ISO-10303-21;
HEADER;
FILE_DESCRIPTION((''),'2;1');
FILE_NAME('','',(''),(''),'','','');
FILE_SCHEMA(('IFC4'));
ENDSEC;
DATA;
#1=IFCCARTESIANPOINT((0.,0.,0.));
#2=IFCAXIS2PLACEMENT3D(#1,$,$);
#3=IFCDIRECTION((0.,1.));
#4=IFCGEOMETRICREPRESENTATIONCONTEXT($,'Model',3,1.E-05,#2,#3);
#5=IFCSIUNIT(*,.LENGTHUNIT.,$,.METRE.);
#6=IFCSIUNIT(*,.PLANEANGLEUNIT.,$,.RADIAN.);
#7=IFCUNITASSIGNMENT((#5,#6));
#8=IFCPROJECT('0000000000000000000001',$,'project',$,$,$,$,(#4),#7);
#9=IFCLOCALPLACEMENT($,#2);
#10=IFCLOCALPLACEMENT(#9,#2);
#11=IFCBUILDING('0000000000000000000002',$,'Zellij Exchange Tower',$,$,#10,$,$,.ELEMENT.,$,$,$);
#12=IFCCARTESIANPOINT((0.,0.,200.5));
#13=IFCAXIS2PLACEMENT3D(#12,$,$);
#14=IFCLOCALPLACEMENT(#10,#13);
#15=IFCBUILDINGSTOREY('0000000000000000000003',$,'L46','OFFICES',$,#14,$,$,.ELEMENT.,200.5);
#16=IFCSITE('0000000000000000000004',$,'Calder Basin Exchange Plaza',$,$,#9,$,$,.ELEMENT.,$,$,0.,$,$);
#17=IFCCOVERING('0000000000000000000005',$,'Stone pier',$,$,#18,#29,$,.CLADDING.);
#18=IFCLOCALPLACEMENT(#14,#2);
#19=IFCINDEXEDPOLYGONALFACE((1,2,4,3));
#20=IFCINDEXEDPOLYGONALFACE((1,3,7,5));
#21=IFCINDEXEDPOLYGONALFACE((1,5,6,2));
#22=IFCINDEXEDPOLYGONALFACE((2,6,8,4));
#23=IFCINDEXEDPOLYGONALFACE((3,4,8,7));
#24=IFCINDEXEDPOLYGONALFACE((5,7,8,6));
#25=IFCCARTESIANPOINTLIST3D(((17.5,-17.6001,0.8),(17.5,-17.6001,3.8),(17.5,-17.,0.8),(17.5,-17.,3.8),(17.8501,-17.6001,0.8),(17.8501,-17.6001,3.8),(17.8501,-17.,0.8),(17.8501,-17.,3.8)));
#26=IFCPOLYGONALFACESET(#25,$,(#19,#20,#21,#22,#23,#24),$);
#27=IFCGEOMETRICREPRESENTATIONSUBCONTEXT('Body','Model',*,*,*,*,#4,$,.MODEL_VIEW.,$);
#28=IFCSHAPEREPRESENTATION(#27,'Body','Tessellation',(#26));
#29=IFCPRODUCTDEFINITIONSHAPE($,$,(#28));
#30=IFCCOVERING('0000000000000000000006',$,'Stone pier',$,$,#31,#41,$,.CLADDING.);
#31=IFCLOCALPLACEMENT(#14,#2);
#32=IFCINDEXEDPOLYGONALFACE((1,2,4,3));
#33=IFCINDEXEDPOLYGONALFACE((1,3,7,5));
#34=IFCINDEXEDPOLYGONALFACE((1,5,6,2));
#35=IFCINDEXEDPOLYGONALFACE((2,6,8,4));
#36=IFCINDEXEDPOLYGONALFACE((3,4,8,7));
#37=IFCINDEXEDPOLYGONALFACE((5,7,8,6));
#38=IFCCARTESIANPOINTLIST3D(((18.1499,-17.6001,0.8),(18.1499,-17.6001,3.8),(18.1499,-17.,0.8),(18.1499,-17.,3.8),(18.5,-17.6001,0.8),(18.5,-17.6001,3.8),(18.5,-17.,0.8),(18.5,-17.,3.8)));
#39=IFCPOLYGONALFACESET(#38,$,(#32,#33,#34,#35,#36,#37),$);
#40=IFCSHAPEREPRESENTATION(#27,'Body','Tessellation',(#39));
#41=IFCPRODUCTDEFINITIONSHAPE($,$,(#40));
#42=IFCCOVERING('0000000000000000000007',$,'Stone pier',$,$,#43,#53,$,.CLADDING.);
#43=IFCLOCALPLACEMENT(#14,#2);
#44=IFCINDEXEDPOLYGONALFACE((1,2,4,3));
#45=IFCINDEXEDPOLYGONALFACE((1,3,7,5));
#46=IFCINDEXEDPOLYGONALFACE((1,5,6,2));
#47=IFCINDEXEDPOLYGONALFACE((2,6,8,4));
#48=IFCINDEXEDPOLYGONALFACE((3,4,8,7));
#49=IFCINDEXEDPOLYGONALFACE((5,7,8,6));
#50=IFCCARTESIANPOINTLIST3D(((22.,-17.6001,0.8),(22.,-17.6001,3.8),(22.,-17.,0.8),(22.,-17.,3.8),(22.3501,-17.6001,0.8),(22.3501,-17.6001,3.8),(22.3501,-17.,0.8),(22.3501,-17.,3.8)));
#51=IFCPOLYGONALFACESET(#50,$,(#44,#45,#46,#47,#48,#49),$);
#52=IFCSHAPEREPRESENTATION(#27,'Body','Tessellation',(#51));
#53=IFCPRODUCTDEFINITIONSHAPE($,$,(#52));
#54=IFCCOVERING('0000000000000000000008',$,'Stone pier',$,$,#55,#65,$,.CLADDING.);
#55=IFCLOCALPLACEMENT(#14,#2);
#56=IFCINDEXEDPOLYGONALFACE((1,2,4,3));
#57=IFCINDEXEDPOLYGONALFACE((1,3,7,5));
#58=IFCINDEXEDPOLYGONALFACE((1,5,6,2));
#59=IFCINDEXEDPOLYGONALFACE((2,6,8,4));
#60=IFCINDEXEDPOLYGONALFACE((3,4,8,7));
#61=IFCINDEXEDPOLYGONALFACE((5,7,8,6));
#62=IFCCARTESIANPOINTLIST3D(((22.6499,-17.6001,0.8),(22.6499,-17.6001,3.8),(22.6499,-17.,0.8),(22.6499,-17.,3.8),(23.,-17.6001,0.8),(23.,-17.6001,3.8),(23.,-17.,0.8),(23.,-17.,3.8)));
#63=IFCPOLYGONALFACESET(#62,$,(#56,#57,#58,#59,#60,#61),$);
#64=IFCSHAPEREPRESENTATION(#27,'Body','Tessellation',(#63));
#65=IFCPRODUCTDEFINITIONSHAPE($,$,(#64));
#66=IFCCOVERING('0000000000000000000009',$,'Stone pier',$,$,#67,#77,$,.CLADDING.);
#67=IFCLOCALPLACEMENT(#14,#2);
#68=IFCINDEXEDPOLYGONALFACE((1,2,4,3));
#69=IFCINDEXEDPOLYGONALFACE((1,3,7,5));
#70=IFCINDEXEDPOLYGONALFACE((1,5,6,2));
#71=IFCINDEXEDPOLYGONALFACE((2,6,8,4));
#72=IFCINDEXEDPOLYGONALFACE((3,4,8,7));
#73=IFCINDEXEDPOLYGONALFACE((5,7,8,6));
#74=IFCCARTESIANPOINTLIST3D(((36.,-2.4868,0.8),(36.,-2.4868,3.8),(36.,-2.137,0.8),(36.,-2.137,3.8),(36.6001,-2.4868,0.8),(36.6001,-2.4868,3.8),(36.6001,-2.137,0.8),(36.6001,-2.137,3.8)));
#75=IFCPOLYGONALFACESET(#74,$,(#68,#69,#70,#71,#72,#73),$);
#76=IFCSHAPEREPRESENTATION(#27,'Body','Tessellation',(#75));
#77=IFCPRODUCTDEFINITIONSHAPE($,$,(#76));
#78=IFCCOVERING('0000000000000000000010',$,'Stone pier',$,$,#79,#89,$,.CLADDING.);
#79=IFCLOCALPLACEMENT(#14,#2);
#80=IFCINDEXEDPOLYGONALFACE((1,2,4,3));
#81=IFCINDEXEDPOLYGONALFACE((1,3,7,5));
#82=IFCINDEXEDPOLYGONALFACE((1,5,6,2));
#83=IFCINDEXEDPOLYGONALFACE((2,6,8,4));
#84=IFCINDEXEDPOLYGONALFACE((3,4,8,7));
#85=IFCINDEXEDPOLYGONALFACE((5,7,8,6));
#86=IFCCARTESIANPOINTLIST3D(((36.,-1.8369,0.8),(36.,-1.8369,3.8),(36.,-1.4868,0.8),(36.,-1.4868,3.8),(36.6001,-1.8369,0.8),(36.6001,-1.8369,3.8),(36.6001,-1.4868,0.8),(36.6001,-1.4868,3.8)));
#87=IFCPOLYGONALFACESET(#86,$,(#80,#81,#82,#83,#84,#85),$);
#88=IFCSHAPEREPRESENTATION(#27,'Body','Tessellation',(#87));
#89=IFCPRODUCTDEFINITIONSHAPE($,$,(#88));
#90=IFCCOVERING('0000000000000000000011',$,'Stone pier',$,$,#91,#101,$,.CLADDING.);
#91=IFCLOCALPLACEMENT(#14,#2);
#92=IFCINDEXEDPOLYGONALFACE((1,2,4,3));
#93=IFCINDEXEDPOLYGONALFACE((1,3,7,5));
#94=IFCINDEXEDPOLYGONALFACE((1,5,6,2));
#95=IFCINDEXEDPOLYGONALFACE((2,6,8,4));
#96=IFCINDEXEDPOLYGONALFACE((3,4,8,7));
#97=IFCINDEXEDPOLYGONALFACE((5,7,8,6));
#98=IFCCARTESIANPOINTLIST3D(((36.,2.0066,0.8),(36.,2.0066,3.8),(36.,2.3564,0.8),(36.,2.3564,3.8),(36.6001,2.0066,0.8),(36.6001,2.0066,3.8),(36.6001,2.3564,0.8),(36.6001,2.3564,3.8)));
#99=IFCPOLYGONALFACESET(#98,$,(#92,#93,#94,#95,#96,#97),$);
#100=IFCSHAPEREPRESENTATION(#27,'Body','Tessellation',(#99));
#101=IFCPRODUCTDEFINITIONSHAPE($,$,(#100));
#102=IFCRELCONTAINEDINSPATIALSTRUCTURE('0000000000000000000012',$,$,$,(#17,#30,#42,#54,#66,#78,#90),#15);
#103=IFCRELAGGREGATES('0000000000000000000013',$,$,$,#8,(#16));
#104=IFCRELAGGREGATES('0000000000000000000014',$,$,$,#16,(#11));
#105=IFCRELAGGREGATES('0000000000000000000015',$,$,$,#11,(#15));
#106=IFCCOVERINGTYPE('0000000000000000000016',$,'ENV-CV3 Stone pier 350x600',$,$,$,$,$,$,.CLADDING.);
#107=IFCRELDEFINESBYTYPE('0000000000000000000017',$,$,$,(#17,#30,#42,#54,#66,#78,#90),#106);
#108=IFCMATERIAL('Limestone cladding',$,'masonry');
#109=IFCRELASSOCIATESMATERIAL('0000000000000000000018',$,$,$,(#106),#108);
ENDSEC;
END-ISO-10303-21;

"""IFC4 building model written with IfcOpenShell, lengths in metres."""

from ifc_helpers import new_model, si_unit, direction, frame, origin, place, context, subcontext, project, spatial, polyline, outline, extrude, material, type_object, element, save


model = new_model("IFC4")

# Units and contexts
model_context = context("Model", 3, precision=1e-05, world=origin(), true_north=direction((0.0, 1.0)))
body_context = subcontext(model_context, "Body", "Model", "MODEL_VIEW")
ifc_project = project(units=[si_unit("LENGTHUNIT", "METRE"), si_unit("PLANEANGLEUNIT", "RADIAN")], contexts=[model_context])

# Site, building, storey
site_placement = place(None, origin())
site = spatial("IfcSite", under=ifc_project, at=site_placement, Name="Calder Basin Exchange Plaza", CompositionType="ELEMENT", RefElevation=0.0)
building_placement = place(site_placement, origin())
building = spatial("IfcBuilding", under=site, at=building_placement, Name="Zellij Exchange Tower", CompositionType="ELEMENT")
storey_placement = place(building_placement, frame((0.0, 0.0, 200.5)))
storey = spatial("IfcBuildingStorey", under=building, at=storey_placement, Name="L46", Description="OFFICES", CompositionType="ELEMENT", Elevation=200.5)

# Coverings
ifc_material = material(Name="Limestone cladding", Category="masonry")
covering_type = type_object("IfcCoveringType", Name="ENV-CV3 Stone pier 350x600", PredefinedType="CLADDING", material=ifc_material)
covering_1_placement = place(storey_placement, frame((0.0, 0.0, 0.8)))
element("IfcCovering", 1, at=covering_1_placement, inside=storey, type_object=covering_type, Name="Stone pier", PredefinedType="CLADDING", context=body_context, shape_type="SweptSolid", body=[
    extrude(outline(polyline([(17.5, -17.0), (17.8501, -17.0), (17.8501, -17.6001), (17.5, -17.6001), (17.5, -17.0)])), origin(), (0.0, 0.0, 1.0), 3.0),
])
covering_2_placement = place(storey_placement, frame((0.0, 0.0, 0.8)))
element("IfcCovering", 2, at=covering_2_placement, inside=storey, type_object=covering_type, Name="Stone pier", PredefinedType="CLADDING", context=body_context, shape_type="SweptSolid", body=[
    extrude(outline(polyline([(18.1499, -17.0), (18.5, -17.0), (18.5, -17.6001), (18.1499, -17.6001), (18.1499, -17.0)])), origin(), (0.0, 0.0, 1.0), 3.0),
])
covering_3_placement = place(storey_placement, frame((0.0, 0.0, 0.8)))
element("IfcCovering", 3, at=covering_3_placement, inside=storey, type_object=covering_type, Name="Stone pier", PredefinedType="CLADDING", context=body_context, shape_type="SweptSolid", body=[
    extrude(outline(polyline([(22.0, -17.0), (22.3501, -17.0), (22.3501, -17.6001), (22.0, -17.6001), (22.0, -17.0)])), origin(), (0.0, 0.0, 1.0), 3.0),
])
covering_4_placement = place(storey_placement, frame((0.0, 0.0, 0.8)))
element("IfcCovering", 4, at=covering_4_placement, inside=storey, type_object=covering_type, Name="Stone pier", PredefinedType="CLADDING", context=body_context, shape_type="SweptSolid", body=[
    extrude(outline(polyline([(22.6499, -17.0), (23.0, -17.0), (23.0, -17.6001), (22.6499, -17.6001), (22.6499, -17.0)])), origin(), (0.0, 0.0, 1.0), 3.0),
])
covering_5_placement = place(storey_placement, frame((0.0, 0.0, 0.8)))
element("IfcCovering", 5, at=covering_5_placement, inside=storey, type_object=covering_type, Name="Stone pier", PredefinedType="CLADDING", context=body_context, shape_type="SweptSolid", body=[
    extrude(outline(polyline([(36.0, -2.4868), (36.0, -2.137), (36.6001, -2.137), (36.6001, -2.4868), (36.0, -2.4868)])), origin(), (0.0, 0.0, 1.0), 3.0),
])
covering_6_placement = place(storey_placement, frame((0.0, 0.0, 0.8)))
element("IfcCovering", 6, at=covering_6_placement, inside=storey, type_object=covering_type, Name="Stone pier", PredefinedType="CLADDING", context=body_context, shape_type="SweptSolid", body=[
    extrude(outline(polyline([(36.0, -1.8369), (36.0, -1.4868), (36.6001, -1.4868), (36.6001, -1.8369), (36.0, -1.8369)])), origin(), (0.0, 0.0, 1.0), 3.0),
])
covering_7_placement = place(storey_placement, frame((0.0, 0.0, 0.8)))
element("IfcCovering", 7, at=covering_7_placement, inside=storey, type_object=covering_type, Name="Stone pier", PredefinedType="CLADDING", context=body_context, shape_type="SweptSolid", body=[
    extrude(outline(polyline([(36.0, 2.0066), (36.0, 2.3564), (36.6001, 2.3564), (36.6001, 2.0066), (36.0, 2.0066)])), origin(), (0.0, 0.0, 1.0), 3.0),
])

save(model, "model.ifc")
